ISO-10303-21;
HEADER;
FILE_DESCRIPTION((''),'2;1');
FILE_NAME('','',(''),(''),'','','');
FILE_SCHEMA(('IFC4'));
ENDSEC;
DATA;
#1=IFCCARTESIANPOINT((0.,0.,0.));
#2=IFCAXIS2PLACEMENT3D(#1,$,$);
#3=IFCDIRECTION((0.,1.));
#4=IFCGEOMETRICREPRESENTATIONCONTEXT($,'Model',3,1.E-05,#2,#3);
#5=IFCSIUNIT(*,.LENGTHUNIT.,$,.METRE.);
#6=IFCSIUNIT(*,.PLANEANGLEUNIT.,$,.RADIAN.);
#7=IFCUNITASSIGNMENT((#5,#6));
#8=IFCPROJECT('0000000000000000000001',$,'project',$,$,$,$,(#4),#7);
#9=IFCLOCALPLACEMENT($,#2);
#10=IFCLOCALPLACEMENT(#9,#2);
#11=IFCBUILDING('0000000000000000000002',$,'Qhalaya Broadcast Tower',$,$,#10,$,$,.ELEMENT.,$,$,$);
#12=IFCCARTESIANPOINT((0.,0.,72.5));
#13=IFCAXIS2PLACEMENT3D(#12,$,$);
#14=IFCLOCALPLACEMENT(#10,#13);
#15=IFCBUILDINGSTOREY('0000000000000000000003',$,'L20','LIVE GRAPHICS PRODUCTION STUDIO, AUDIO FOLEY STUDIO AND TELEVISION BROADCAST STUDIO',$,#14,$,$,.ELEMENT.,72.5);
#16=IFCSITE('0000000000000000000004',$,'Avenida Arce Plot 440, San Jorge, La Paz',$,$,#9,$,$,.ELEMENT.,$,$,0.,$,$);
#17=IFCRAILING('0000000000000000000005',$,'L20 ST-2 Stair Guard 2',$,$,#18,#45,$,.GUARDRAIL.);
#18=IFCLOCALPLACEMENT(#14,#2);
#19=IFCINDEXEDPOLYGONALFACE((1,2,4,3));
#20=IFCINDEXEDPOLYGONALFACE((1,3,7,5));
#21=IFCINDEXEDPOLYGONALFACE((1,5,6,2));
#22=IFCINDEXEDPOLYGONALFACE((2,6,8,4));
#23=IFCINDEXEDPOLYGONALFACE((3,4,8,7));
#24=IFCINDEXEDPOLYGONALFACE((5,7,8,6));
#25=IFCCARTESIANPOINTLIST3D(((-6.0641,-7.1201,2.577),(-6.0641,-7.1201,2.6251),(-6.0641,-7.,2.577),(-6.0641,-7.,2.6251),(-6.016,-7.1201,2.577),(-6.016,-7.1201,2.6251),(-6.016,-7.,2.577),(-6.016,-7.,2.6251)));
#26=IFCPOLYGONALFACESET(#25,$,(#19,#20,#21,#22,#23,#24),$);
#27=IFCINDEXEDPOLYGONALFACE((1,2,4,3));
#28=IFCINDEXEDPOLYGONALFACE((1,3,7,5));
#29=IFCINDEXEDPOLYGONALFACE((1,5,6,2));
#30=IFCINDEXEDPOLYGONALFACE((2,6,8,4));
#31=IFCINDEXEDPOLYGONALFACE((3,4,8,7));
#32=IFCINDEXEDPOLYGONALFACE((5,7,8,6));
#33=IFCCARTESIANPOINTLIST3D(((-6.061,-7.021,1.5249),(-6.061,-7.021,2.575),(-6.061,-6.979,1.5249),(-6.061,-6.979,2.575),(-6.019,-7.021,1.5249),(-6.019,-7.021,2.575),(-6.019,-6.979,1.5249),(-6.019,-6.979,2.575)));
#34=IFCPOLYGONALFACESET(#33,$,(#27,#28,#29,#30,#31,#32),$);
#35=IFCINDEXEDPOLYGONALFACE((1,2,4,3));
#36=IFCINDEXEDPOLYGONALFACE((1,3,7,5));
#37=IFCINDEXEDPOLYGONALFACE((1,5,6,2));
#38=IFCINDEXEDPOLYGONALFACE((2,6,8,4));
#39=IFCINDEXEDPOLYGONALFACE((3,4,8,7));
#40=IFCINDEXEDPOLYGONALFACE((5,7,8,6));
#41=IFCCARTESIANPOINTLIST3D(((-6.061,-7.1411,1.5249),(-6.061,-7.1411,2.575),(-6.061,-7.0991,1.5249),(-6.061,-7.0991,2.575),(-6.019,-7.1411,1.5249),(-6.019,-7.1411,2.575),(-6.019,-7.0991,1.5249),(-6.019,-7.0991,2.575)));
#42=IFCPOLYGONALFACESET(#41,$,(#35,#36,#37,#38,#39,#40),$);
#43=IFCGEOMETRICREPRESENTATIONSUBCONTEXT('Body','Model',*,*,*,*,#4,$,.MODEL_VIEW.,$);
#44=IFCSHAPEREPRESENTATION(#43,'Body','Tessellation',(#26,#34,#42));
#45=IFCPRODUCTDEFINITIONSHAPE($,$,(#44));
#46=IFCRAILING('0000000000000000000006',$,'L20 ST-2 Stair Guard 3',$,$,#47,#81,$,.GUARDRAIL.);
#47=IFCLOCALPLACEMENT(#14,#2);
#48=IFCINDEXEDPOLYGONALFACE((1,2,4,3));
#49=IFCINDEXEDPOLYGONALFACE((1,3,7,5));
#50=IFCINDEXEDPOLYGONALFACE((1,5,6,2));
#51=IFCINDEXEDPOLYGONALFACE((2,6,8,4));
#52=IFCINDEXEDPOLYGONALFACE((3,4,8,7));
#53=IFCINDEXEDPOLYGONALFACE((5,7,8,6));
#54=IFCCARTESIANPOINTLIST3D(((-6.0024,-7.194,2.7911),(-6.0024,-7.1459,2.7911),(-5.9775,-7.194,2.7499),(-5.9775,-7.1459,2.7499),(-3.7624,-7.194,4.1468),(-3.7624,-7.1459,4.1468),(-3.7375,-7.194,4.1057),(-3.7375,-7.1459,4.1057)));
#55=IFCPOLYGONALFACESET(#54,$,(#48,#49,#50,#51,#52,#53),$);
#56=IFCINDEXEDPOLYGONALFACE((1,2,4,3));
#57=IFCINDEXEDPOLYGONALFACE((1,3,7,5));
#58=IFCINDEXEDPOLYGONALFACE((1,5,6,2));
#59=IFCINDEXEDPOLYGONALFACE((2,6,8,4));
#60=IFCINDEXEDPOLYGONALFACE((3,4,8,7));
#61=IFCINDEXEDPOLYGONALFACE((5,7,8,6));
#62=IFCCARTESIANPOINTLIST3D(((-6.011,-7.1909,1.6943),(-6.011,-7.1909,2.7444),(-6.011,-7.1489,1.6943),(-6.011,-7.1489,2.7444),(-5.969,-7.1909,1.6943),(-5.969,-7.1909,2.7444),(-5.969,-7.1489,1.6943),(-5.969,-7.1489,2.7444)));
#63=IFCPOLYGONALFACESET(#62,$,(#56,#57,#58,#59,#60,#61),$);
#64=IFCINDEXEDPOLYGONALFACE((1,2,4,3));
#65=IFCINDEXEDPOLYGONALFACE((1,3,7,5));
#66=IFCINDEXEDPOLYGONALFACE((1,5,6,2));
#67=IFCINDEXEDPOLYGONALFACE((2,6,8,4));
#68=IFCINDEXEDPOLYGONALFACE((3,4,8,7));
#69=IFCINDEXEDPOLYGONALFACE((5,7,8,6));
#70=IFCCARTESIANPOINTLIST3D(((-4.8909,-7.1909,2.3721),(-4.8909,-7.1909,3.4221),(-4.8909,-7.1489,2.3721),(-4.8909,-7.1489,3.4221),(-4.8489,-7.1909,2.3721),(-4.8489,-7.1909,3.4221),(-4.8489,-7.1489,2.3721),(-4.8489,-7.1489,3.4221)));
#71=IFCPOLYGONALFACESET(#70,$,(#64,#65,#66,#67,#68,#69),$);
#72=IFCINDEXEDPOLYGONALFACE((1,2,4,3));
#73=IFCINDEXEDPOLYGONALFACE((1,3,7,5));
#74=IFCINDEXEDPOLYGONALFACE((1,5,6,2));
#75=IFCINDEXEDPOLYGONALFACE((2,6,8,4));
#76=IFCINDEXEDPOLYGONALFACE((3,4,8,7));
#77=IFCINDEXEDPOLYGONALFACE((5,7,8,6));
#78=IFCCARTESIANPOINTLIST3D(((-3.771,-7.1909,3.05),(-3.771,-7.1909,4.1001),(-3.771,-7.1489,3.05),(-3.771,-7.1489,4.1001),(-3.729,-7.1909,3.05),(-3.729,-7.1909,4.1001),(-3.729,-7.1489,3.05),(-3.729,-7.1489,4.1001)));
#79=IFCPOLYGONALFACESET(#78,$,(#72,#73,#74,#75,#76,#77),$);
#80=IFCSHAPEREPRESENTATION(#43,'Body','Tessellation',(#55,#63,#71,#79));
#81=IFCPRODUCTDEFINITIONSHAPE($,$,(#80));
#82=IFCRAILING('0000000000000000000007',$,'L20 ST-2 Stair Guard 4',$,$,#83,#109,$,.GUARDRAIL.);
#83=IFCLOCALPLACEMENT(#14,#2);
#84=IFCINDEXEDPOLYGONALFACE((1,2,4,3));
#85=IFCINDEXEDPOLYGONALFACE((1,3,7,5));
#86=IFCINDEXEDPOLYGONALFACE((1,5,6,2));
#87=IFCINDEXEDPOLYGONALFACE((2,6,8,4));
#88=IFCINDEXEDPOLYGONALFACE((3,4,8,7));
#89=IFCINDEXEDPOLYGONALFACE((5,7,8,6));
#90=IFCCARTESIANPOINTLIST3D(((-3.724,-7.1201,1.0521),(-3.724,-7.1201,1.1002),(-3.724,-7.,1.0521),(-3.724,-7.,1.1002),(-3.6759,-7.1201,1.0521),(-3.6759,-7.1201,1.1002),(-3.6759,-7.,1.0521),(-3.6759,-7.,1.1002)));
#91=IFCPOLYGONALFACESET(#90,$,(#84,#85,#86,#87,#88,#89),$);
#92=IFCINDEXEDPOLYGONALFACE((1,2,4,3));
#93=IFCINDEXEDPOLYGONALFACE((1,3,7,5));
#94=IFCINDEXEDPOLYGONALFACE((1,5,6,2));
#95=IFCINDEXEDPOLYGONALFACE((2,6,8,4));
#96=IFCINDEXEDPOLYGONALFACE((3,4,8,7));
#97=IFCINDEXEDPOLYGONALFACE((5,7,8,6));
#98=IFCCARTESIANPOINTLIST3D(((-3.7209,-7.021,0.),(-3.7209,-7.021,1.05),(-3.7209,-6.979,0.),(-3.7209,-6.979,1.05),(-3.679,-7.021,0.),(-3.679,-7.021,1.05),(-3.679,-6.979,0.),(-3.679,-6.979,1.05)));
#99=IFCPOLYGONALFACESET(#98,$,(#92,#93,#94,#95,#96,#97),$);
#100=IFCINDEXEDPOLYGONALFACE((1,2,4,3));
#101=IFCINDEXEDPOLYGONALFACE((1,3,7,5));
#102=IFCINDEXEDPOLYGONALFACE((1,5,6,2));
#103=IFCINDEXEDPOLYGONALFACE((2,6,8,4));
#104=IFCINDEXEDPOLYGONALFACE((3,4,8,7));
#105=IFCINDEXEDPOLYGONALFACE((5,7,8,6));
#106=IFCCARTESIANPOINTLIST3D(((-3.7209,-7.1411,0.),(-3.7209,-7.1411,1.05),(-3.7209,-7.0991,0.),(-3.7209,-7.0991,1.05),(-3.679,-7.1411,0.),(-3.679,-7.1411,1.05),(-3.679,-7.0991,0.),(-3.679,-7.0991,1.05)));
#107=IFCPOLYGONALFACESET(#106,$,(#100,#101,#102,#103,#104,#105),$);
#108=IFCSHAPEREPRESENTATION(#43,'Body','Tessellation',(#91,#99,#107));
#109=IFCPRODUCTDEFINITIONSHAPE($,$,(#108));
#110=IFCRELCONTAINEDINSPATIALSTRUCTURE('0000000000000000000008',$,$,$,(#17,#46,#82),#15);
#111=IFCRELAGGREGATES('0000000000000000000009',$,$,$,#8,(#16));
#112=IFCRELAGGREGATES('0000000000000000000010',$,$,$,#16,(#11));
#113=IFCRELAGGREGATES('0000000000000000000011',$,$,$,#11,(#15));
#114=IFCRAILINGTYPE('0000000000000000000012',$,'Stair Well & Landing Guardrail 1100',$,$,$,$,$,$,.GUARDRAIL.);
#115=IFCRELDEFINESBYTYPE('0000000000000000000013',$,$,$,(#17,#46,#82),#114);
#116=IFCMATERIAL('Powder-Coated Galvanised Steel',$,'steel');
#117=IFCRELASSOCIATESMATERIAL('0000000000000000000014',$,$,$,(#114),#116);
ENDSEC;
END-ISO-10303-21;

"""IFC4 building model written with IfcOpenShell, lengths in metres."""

from ifc_helpers import new_model, si_unit, direction, frame, origin, origin_2d, place, context, subcontext, project, spatial, rectangle, extrude, material, type_object, element, save


model = new_model("IFC4")

# Units and contexts
model_context = context("Model", 3, precision=1e-05, world=origin(), true_north=direction((0.0, 1.0)))
body_context = subcontext(model_context, "Body", "Model", "MODEL_VIEW")
ifc_project = project(units=[si_unit("LENGTHUNIT", "METRE"), si_unit("PLANEANGLEUNIT", "RADIAN")], contexts=[model_context])

# Site, building, storey
site_placement = place(None, origin())
site = spatial("IfcSite", under=ifc_project, at=site_placement, Name="Avenida Arce Plot 440, San Jorge, La Paz", CompositionType="ELEMENT", RefElevation=0.0)
building_placement = place(site_placement, origin())
building = spatial("IfcBuilding", under=site, at=building_placement, Name="Qhalaya Broadcast Tower", CompositionType="ELEMENT")
storey_placement = place(building_placement, frame((0.0, 0.0, 72.5)))
storey = spatial("IfcBuildingStorey", under=building, at=storey_placement, Name="L20", Description="LIVE GRAPHICS PRODUCTION STUDIO, AUDIO FOLEY STUDIO AND TELEVISION BROADCAST STUDIO", CompositionType="ELEMENT", Elevation=72.5)

# Railings
ifc_material_1 = material(Name="Powder-Coated Galvanised Steel", Category="steel")
railing_type_1 = type_object("IfcRailingType", Name="Stair Well & Landing Guardrail 1100", PredefinedType="GUARDRAIL", material=ifc_material_1)
railing_1_placement = place(storey_placement, frame((-6.04, -7.0, 1.5249)))
element("IfcRailing", 1, at=railing_1_placement, inside=storey, type_object=railing_type_1, Name="L20 ST-2 Stair Guard 2", PredefinedType="GUARDRAIL", context=body_context, shape_type="SweptSolid", body=[
    extrude(rectangle(XDim=0.0481, YDim=0.0481, at=origin_2d()), frame((0.0, 0.0, 1.0762), z_axis=(0.0, -1.0, 0.0), x_axis=(1.0, 0.0, 0.0)), (0.0, 0.0, 1.0), 0.1201),
    extrude(rectangle(XDim=0.042, YDim=0.042, at=origin_2d()), origin(), (0.0, 0.0, 1.0), 1.05),
    extrude(rectangle(XDim=0.042, YDim=0.042, at=origin_2d()), frame((0.0, -0.1201, 0.0)), (0.0, 0.0, 1.0), 1.05),
])
railing_2_placement = place(storey_placement, frame((-5.99, -7.1699, 1.6943)))
element("IfcRailing", 2, at=railing_2_placement, inside=storey, type_object=railing_type_1, Name="L20 ST-2 Stair Guard 3", PredefinedType="GUARDRAIL", context=body_context, shape_type="SweptSolid", body=[
    extrude(rectangle(XDim=0.0481, YDim=0.0481, at=origin_2d()), frame((0.0, 0.0, 1.0762), z_axis=(0.855512, 0.0, 0.517783), x_axis=(0.0, 1.0, 0.0)), (0.0, 0.0, 1.0), 2.6184),
    extrude(rectangle(XDim=0.042, YDim=0.042, at=origin_2d()), origin(), (0.0, 0.0, 1.0), 1.05),
    extrude(rectangle(XDim=0.042, YDim=0.042, at=origin_2d()), frame((1.1201, 0.0, 0.6777)), (0.0, 0.0, 1.0), 1.05),
    extrude(rectangle(XDim=0.042, YDim=0.042, at=origin_2d()), frame((2.24, 0.0, 1.3557)), (0.0, 0.0, 1.0), 1.05),
])
railing_3_placement = place(storey_placement, frame((-3.7, -7.0, 0.0)))
element("IfcRailing", 3, at=railing_3_placement, inside=storey, type_object=railing_type_1, Name="L20 ST-2 Stair Guard 4", PredefinedType="GUARDRAIL", context=body_context, shape_type="SweptSolid", body=[
    extrude(rectangle(XDim=0.0481, YDim=0.0481, at=origin_2d()), frame((0.0, 0.0, 1.0762), z_axis=(0.0, -1.0, 0.0), x_axis=(1.0, 0.0, 0.0)), (0.0, 0.0, 1.0), 0.1201),
    extrude(rectangle(XDim=0.042, YDim=0.042, at=origin_2d()), origin(), (0.0, 0.0, 1.0), 1.05),
    extrude(rectangle(XDim=0.042, YDim=0.042, at=origin_2d()), frame((0.0, -0.1201, 0.0)), (0.0, 0.0, 1.0), 1.05),
])

save(model, "model.ifc")
